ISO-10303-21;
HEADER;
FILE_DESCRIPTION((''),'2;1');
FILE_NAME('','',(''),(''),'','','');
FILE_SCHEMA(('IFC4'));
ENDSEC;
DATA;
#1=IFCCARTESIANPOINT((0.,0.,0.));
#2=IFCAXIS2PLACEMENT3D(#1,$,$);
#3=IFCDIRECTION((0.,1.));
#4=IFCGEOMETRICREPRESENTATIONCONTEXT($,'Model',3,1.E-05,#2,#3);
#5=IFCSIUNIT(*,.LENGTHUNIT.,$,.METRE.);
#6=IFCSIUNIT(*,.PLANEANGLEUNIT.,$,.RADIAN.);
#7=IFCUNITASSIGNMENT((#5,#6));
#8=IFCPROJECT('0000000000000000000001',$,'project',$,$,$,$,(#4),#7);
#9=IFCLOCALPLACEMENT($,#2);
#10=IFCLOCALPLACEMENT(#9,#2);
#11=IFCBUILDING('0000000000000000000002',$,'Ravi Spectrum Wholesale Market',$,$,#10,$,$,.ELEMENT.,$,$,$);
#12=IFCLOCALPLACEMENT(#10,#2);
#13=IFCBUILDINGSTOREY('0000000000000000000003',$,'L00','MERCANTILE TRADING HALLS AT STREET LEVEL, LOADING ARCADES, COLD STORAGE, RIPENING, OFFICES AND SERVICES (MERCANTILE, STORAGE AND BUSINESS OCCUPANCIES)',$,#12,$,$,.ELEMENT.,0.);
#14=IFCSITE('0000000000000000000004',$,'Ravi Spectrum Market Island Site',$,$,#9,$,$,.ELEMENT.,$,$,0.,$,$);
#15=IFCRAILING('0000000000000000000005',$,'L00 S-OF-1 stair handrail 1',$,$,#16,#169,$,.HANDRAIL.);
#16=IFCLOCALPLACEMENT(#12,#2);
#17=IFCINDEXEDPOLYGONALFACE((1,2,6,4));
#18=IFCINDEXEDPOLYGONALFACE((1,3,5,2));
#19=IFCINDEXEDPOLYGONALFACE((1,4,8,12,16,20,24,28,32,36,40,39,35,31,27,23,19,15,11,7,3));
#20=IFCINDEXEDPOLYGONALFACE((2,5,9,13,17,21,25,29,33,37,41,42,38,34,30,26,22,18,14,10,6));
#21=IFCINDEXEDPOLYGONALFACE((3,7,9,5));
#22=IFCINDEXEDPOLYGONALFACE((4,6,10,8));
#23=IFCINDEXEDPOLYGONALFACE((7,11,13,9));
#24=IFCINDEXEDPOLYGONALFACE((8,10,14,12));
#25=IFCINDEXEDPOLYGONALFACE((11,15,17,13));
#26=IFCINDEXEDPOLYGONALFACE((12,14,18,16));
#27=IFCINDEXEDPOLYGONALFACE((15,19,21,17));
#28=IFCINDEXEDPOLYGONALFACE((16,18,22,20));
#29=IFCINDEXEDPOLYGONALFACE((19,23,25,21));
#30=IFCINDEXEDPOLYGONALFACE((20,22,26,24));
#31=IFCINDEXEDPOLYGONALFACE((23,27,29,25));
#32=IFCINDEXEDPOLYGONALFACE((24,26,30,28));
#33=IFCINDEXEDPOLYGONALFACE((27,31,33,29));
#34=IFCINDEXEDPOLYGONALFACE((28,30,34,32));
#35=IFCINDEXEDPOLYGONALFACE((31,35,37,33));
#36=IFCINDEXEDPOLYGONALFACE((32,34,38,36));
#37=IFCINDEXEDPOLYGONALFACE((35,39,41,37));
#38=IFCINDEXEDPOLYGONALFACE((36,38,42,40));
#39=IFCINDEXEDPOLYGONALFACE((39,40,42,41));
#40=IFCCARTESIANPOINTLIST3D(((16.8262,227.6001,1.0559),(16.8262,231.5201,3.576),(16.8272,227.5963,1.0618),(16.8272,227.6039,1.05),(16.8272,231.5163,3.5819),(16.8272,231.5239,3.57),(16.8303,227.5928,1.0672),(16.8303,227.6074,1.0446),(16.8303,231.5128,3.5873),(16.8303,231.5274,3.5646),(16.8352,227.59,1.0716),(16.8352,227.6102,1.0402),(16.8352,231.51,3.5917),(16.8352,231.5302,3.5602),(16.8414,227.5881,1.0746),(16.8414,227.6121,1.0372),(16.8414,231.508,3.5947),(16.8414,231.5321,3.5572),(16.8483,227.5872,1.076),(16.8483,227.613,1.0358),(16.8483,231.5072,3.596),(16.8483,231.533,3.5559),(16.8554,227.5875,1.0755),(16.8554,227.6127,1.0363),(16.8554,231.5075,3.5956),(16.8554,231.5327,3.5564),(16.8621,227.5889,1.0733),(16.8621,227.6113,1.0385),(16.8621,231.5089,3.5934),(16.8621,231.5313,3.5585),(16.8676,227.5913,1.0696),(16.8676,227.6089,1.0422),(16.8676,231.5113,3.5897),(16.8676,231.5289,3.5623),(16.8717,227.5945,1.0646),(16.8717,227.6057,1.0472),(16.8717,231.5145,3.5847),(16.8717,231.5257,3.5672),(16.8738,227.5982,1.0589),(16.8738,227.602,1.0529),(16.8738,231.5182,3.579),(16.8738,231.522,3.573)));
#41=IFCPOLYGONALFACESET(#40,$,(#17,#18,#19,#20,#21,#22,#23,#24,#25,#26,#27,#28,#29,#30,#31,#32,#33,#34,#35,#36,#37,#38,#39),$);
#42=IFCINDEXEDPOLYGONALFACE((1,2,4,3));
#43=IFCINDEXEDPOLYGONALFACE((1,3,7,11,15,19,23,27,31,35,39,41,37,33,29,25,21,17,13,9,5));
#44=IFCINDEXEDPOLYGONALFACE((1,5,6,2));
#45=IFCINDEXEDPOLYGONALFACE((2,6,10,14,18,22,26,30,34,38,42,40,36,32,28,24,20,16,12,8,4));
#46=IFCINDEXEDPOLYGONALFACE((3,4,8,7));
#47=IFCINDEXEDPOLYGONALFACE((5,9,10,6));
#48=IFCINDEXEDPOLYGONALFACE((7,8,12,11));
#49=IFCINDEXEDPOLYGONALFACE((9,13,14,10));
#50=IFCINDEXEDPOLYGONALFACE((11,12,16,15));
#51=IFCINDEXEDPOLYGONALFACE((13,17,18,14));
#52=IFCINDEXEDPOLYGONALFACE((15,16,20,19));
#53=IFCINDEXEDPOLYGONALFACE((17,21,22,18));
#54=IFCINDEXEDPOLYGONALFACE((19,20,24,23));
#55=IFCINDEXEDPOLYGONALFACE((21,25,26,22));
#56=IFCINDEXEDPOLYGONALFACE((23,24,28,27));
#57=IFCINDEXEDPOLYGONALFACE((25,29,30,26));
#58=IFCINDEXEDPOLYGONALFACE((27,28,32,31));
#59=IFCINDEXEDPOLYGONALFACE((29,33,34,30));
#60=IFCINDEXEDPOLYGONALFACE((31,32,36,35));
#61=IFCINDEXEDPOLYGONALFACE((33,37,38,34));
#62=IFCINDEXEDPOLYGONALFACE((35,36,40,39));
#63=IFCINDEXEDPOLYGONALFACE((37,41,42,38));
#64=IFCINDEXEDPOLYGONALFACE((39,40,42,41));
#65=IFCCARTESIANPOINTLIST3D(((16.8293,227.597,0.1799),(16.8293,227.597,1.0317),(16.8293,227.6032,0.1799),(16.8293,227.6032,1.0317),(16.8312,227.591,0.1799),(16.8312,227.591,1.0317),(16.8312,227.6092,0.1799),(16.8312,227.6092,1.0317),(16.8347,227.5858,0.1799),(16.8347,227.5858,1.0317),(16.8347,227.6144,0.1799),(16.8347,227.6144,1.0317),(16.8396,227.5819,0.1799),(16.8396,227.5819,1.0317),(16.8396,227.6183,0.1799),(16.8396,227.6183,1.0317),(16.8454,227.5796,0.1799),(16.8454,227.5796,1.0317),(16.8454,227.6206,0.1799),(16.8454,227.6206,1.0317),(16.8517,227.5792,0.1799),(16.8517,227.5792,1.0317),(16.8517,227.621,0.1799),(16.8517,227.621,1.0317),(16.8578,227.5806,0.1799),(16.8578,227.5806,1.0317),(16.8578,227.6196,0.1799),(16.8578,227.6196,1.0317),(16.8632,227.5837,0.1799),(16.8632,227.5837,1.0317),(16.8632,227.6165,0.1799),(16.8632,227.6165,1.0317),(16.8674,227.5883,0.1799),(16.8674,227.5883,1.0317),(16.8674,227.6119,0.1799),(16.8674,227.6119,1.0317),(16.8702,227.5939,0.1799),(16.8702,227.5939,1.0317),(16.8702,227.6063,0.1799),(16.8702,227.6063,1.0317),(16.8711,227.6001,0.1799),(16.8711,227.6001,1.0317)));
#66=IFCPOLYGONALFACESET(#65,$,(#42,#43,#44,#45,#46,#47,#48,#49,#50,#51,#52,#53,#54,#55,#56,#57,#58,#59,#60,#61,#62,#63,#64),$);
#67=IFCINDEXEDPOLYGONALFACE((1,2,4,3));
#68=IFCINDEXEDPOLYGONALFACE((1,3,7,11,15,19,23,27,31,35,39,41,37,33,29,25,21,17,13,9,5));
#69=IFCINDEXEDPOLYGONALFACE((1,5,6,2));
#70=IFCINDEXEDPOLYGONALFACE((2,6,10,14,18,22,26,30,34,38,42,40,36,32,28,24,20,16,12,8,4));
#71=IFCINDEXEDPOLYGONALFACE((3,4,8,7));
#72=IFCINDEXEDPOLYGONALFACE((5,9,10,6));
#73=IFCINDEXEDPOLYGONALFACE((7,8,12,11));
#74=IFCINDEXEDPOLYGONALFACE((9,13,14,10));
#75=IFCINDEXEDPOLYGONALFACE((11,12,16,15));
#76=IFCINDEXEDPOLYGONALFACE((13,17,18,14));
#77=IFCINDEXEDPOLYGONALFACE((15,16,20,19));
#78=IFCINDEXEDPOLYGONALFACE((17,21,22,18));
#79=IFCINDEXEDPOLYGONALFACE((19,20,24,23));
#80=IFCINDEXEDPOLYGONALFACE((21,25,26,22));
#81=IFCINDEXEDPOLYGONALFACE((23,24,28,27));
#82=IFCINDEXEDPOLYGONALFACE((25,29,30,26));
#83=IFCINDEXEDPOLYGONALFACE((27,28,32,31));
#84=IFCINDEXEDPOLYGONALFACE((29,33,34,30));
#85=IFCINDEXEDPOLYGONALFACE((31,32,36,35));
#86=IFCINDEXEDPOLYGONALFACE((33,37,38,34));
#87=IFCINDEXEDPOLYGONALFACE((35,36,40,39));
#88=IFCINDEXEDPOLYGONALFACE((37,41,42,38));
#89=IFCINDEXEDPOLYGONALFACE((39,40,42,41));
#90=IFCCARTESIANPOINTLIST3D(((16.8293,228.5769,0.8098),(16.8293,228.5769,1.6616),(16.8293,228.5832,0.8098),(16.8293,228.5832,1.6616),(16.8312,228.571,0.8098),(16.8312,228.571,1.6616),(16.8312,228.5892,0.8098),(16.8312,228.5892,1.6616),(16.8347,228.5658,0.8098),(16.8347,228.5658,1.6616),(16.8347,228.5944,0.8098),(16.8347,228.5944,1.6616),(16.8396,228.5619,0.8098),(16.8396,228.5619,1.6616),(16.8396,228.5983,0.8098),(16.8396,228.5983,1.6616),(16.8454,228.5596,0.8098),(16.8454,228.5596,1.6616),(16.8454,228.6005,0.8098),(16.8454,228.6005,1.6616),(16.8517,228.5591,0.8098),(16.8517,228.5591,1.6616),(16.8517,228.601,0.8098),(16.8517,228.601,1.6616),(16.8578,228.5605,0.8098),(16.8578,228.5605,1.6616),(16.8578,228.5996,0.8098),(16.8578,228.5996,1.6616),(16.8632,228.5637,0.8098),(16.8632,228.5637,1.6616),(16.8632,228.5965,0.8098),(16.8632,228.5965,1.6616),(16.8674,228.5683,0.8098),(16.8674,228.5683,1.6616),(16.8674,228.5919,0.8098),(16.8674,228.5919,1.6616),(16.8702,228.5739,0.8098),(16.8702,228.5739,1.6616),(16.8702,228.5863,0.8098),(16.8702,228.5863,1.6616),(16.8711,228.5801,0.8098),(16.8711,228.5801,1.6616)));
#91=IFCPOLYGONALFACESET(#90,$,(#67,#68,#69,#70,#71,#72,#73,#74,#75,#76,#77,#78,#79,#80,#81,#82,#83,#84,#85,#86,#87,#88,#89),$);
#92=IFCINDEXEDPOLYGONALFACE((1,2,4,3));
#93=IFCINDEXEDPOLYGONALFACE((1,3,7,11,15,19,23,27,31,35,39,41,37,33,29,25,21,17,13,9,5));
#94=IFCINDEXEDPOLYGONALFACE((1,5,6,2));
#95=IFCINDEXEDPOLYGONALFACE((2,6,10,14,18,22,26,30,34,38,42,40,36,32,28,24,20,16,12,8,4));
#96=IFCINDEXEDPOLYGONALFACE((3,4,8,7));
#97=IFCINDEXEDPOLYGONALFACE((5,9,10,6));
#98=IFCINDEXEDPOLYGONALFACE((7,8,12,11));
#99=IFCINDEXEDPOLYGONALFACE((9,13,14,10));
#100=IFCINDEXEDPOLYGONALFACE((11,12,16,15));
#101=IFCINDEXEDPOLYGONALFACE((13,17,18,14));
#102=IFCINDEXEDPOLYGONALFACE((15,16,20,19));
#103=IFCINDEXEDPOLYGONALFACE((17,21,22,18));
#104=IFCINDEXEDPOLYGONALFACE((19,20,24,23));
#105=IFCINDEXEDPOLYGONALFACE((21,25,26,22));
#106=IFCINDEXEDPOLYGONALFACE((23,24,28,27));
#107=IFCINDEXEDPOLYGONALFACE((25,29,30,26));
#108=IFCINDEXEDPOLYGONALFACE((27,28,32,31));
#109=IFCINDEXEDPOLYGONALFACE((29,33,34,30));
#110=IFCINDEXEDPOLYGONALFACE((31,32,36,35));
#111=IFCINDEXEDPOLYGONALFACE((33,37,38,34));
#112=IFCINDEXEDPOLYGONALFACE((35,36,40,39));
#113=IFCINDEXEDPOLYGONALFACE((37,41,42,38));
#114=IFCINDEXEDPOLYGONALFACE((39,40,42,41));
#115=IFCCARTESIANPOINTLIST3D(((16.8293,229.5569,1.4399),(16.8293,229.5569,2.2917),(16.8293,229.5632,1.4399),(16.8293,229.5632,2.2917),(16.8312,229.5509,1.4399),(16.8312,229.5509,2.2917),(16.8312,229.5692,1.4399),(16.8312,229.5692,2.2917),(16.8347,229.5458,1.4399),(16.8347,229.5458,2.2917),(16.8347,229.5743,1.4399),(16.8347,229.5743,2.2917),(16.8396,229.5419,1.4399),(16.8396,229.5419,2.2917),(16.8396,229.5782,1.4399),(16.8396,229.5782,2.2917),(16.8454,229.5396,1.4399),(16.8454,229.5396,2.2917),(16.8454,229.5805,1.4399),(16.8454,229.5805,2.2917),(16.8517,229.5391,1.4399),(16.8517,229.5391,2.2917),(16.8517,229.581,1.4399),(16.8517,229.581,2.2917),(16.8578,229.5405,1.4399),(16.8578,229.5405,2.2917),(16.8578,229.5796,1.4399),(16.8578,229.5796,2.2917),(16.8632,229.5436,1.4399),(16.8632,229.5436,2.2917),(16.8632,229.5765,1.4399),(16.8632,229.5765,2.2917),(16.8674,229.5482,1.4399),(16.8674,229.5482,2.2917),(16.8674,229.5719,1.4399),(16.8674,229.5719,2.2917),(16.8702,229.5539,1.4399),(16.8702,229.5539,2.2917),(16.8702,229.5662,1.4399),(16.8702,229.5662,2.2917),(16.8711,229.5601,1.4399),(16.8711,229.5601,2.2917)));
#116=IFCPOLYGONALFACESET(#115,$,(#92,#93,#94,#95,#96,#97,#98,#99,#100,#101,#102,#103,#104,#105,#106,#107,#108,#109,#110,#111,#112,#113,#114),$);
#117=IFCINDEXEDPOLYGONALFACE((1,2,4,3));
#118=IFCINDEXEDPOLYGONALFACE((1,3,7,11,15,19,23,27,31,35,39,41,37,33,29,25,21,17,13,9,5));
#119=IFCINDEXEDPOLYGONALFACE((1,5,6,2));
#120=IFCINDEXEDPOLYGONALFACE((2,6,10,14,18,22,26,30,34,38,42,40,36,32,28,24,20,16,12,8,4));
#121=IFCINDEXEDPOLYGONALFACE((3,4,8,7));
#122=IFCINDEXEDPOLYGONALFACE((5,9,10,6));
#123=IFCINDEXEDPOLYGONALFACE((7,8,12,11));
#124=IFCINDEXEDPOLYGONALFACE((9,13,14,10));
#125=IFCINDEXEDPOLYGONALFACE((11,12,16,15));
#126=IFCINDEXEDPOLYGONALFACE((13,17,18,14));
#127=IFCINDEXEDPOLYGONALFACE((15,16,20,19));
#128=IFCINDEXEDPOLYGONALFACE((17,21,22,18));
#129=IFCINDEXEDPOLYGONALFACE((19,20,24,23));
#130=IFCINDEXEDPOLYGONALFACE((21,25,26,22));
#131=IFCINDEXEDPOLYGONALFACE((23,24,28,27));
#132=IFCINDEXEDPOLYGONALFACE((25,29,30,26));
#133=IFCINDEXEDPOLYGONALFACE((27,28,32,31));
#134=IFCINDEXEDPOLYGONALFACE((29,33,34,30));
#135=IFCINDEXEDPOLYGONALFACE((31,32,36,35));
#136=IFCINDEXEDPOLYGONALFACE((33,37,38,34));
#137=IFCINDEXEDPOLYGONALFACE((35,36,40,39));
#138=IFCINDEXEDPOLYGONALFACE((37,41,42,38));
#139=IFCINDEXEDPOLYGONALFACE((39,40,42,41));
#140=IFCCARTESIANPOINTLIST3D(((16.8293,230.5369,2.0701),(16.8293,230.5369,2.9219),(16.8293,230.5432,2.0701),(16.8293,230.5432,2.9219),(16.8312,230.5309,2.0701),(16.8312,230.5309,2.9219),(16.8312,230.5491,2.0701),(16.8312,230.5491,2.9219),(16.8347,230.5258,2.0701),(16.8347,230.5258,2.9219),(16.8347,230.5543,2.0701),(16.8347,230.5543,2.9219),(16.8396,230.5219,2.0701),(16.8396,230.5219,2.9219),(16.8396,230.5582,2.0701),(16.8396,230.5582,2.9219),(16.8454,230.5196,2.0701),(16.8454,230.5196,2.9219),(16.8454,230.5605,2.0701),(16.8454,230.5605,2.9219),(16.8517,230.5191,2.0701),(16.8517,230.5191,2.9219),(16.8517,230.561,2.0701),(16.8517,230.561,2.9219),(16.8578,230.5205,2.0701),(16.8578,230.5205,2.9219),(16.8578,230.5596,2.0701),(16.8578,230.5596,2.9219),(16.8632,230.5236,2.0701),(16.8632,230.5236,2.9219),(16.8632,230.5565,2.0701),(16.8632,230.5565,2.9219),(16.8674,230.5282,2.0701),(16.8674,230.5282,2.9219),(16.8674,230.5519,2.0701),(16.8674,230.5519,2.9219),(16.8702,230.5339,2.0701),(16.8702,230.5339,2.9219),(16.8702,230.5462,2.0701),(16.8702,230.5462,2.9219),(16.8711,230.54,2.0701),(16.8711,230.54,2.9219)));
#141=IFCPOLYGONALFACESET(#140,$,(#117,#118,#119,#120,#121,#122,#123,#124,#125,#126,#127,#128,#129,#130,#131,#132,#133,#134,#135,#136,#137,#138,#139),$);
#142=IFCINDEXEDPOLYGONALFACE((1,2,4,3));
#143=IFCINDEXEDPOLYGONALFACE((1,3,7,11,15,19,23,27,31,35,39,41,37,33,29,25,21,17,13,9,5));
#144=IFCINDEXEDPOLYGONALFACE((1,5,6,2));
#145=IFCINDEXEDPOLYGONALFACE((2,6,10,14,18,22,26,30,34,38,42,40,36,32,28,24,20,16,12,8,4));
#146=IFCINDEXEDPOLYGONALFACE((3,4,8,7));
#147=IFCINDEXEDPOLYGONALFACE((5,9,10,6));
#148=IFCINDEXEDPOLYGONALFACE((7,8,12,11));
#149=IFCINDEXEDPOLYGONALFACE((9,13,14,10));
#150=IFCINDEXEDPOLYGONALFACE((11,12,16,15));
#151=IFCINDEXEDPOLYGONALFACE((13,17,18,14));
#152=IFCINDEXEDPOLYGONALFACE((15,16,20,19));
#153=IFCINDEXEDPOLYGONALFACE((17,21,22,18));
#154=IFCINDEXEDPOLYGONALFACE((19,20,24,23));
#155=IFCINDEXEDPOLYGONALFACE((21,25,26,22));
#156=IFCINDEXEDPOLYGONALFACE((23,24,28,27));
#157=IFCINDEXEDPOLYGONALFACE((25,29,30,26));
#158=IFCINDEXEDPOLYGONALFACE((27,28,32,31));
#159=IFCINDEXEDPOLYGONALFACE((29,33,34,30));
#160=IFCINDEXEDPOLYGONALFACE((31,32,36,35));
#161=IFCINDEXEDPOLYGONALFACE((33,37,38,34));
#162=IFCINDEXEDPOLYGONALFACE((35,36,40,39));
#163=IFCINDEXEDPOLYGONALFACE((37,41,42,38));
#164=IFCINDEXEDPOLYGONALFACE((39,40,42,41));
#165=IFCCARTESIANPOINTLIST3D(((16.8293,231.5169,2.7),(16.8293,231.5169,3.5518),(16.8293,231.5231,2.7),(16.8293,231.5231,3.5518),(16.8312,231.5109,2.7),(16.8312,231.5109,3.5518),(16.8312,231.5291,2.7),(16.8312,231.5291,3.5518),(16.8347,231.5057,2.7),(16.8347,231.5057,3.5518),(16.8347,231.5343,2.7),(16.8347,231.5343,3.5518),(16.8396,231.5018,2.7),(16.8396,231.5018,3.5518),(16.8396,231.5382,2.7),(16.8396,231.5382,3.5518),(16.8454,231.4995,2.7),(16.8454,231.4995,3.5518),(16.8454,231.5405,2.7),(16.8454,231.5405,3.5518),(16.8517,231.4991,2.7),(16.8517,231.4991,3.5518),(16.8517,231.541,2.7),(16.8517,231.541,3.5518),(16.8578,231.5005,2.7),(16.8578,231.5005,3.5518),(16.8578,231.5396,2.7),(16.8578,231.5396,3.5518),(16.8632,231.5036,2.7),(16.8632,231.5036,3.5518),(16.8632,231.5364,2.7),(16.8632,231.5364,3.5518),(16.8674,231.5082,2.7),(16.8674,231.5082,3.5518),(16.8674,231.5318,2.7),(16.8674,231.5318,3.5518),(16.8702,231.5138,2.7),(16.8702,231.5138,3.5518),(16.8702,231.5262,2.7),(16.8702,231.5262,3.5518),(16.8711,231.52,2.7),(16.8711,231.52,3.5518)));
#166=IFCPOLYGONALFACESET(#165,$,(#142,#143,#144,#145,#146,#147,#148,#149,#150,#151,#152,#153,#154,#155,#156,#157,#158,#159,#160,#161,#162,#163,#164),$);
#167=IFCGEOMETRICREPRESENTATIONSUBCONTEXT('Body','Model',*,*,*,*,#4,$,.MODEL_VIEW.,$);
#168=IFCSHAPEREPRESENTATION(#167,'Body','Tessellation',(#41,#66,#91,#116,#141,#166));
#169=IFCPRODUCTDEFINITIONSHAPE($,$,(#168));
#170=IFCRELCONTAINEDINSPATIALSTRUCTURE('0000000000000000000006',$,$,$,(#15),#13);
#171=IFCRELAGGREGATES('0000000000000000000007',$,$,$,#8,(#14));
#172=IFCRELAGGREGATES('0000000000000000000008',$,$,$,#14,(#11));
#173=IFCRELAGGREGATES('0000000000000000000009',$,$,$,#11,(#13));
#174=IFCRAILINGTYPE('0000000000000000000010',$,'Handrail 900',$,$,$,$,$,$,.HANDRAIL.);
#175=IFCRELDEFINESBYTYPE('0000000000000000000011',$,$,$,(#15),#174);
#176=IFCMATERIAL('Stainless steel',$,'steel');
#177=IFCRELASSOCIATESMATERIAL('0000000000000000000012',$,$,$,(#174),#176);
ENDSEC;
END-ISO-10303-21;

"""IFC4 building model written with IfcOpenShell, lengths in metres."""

from ifc_helpers import new_model, si_unit, direction, frame, origin, origin_2d, place, context, subcontext, project, spatial, circle, extrude, material, type_object, element, save


model = new_model("IFC4")

# Units and contexts
model_context = context("Model", 3, precision=1e-05, world=origin(), true_north=direction((0.0, 1.0)))
body_context = subcontext(model_context, "Body", "Model", "MODEL_VIEW")
ifc_project = project(units=[si_unit("LENGTHUNIT", "METRE"), si_unit("PLANEANGLEUNIT", "RADIAN")], contexts=[model_context])

# Site, building, storey
site_placement = place(None, origin())
site = spatial("IfcSite", under=ifc_project, at=site_placement, Name="Ravi Spectrum Market Island Site", CompositionType="ELEMENT", RefElevation=0.0)
building_placement = place(site_placement, origin())
building = spatial("IfcBuilding", under=site, at=building_placement, Name="Ravi Spectrum Wholesale Market", CompositionType="ELEMENT")
storey_placement = place(building_placement, origin())
storey = spatial("IfcBuildingStorey", under=building, at=storey_placement, Name="L00", Description="MERCANTILE TRADING HALLS AT STREET LEVEL, LOADING ARCADES, COLD STORAGE, RIPENING, OFFICES AND SERVICES (MERCANTILE, STORAGE AND BUSINESS OCCUPANCIES)", CompositionType="ELEMENT", Elevation=0.0)

# Railing
ifc_material_1 = material(Name="Stainless steel", Category="steel")
railing_type_1 = type_object("IfcRailingType", Name="Handrail 900", PredefinedType="HANDRAIL", material=ifc_material_1)
railing_1_placement = place(storey_placement, frame((16.8501, 227.6001, 0.1799)))
element("IfcRailing", 1, at=railing_1_placement, inside=storey, type_object=railing_type_1, Name="L00 S-OF-1 stair handrail 1", PredefinedType="HANDRAIL", context=body_context, shape_type="SweptSolid", body=[
    extrude(circle(Radius=0.0239, at=origin_2d()), frame((0.0, 0.0, 0.876), z_axis=(0.0, 0.841172, 0.540768), x_axis=(-1.0, 0.0, 0.0)), (0.0, 0.0, 1.0), 4.6602),
    extrude(circle(Radius=0.021, at=origin_2d()), origin(), (0.0, 0.0, 1.0), 0.8518),
    extrude(circle(Radius=0.021, at=origin_2d()), frame((0.0, 0.98, 0.6299)), (0.0, 0.0, 1.0), 0.8518),
    extrude(circle(Radius=0.021, at=origin_2d()), frame((0.0, 1.96, 1.26)), (0.0, 0.0, 1.0), 0.8518),
    extrude(circle(Radius=0.021, at=origin_2d()), frame((0.0, 2.9399, 1.8901)), (0.0, 0.0, 1.0), 0.8518),
    extrude(circle(Radius=0.021, at=origin_2d()), frame((0.0, 3.9199, 2.52)), (0.0, 0.0, 1.0), 0.8518),
])

save(model, "model.ifc")
